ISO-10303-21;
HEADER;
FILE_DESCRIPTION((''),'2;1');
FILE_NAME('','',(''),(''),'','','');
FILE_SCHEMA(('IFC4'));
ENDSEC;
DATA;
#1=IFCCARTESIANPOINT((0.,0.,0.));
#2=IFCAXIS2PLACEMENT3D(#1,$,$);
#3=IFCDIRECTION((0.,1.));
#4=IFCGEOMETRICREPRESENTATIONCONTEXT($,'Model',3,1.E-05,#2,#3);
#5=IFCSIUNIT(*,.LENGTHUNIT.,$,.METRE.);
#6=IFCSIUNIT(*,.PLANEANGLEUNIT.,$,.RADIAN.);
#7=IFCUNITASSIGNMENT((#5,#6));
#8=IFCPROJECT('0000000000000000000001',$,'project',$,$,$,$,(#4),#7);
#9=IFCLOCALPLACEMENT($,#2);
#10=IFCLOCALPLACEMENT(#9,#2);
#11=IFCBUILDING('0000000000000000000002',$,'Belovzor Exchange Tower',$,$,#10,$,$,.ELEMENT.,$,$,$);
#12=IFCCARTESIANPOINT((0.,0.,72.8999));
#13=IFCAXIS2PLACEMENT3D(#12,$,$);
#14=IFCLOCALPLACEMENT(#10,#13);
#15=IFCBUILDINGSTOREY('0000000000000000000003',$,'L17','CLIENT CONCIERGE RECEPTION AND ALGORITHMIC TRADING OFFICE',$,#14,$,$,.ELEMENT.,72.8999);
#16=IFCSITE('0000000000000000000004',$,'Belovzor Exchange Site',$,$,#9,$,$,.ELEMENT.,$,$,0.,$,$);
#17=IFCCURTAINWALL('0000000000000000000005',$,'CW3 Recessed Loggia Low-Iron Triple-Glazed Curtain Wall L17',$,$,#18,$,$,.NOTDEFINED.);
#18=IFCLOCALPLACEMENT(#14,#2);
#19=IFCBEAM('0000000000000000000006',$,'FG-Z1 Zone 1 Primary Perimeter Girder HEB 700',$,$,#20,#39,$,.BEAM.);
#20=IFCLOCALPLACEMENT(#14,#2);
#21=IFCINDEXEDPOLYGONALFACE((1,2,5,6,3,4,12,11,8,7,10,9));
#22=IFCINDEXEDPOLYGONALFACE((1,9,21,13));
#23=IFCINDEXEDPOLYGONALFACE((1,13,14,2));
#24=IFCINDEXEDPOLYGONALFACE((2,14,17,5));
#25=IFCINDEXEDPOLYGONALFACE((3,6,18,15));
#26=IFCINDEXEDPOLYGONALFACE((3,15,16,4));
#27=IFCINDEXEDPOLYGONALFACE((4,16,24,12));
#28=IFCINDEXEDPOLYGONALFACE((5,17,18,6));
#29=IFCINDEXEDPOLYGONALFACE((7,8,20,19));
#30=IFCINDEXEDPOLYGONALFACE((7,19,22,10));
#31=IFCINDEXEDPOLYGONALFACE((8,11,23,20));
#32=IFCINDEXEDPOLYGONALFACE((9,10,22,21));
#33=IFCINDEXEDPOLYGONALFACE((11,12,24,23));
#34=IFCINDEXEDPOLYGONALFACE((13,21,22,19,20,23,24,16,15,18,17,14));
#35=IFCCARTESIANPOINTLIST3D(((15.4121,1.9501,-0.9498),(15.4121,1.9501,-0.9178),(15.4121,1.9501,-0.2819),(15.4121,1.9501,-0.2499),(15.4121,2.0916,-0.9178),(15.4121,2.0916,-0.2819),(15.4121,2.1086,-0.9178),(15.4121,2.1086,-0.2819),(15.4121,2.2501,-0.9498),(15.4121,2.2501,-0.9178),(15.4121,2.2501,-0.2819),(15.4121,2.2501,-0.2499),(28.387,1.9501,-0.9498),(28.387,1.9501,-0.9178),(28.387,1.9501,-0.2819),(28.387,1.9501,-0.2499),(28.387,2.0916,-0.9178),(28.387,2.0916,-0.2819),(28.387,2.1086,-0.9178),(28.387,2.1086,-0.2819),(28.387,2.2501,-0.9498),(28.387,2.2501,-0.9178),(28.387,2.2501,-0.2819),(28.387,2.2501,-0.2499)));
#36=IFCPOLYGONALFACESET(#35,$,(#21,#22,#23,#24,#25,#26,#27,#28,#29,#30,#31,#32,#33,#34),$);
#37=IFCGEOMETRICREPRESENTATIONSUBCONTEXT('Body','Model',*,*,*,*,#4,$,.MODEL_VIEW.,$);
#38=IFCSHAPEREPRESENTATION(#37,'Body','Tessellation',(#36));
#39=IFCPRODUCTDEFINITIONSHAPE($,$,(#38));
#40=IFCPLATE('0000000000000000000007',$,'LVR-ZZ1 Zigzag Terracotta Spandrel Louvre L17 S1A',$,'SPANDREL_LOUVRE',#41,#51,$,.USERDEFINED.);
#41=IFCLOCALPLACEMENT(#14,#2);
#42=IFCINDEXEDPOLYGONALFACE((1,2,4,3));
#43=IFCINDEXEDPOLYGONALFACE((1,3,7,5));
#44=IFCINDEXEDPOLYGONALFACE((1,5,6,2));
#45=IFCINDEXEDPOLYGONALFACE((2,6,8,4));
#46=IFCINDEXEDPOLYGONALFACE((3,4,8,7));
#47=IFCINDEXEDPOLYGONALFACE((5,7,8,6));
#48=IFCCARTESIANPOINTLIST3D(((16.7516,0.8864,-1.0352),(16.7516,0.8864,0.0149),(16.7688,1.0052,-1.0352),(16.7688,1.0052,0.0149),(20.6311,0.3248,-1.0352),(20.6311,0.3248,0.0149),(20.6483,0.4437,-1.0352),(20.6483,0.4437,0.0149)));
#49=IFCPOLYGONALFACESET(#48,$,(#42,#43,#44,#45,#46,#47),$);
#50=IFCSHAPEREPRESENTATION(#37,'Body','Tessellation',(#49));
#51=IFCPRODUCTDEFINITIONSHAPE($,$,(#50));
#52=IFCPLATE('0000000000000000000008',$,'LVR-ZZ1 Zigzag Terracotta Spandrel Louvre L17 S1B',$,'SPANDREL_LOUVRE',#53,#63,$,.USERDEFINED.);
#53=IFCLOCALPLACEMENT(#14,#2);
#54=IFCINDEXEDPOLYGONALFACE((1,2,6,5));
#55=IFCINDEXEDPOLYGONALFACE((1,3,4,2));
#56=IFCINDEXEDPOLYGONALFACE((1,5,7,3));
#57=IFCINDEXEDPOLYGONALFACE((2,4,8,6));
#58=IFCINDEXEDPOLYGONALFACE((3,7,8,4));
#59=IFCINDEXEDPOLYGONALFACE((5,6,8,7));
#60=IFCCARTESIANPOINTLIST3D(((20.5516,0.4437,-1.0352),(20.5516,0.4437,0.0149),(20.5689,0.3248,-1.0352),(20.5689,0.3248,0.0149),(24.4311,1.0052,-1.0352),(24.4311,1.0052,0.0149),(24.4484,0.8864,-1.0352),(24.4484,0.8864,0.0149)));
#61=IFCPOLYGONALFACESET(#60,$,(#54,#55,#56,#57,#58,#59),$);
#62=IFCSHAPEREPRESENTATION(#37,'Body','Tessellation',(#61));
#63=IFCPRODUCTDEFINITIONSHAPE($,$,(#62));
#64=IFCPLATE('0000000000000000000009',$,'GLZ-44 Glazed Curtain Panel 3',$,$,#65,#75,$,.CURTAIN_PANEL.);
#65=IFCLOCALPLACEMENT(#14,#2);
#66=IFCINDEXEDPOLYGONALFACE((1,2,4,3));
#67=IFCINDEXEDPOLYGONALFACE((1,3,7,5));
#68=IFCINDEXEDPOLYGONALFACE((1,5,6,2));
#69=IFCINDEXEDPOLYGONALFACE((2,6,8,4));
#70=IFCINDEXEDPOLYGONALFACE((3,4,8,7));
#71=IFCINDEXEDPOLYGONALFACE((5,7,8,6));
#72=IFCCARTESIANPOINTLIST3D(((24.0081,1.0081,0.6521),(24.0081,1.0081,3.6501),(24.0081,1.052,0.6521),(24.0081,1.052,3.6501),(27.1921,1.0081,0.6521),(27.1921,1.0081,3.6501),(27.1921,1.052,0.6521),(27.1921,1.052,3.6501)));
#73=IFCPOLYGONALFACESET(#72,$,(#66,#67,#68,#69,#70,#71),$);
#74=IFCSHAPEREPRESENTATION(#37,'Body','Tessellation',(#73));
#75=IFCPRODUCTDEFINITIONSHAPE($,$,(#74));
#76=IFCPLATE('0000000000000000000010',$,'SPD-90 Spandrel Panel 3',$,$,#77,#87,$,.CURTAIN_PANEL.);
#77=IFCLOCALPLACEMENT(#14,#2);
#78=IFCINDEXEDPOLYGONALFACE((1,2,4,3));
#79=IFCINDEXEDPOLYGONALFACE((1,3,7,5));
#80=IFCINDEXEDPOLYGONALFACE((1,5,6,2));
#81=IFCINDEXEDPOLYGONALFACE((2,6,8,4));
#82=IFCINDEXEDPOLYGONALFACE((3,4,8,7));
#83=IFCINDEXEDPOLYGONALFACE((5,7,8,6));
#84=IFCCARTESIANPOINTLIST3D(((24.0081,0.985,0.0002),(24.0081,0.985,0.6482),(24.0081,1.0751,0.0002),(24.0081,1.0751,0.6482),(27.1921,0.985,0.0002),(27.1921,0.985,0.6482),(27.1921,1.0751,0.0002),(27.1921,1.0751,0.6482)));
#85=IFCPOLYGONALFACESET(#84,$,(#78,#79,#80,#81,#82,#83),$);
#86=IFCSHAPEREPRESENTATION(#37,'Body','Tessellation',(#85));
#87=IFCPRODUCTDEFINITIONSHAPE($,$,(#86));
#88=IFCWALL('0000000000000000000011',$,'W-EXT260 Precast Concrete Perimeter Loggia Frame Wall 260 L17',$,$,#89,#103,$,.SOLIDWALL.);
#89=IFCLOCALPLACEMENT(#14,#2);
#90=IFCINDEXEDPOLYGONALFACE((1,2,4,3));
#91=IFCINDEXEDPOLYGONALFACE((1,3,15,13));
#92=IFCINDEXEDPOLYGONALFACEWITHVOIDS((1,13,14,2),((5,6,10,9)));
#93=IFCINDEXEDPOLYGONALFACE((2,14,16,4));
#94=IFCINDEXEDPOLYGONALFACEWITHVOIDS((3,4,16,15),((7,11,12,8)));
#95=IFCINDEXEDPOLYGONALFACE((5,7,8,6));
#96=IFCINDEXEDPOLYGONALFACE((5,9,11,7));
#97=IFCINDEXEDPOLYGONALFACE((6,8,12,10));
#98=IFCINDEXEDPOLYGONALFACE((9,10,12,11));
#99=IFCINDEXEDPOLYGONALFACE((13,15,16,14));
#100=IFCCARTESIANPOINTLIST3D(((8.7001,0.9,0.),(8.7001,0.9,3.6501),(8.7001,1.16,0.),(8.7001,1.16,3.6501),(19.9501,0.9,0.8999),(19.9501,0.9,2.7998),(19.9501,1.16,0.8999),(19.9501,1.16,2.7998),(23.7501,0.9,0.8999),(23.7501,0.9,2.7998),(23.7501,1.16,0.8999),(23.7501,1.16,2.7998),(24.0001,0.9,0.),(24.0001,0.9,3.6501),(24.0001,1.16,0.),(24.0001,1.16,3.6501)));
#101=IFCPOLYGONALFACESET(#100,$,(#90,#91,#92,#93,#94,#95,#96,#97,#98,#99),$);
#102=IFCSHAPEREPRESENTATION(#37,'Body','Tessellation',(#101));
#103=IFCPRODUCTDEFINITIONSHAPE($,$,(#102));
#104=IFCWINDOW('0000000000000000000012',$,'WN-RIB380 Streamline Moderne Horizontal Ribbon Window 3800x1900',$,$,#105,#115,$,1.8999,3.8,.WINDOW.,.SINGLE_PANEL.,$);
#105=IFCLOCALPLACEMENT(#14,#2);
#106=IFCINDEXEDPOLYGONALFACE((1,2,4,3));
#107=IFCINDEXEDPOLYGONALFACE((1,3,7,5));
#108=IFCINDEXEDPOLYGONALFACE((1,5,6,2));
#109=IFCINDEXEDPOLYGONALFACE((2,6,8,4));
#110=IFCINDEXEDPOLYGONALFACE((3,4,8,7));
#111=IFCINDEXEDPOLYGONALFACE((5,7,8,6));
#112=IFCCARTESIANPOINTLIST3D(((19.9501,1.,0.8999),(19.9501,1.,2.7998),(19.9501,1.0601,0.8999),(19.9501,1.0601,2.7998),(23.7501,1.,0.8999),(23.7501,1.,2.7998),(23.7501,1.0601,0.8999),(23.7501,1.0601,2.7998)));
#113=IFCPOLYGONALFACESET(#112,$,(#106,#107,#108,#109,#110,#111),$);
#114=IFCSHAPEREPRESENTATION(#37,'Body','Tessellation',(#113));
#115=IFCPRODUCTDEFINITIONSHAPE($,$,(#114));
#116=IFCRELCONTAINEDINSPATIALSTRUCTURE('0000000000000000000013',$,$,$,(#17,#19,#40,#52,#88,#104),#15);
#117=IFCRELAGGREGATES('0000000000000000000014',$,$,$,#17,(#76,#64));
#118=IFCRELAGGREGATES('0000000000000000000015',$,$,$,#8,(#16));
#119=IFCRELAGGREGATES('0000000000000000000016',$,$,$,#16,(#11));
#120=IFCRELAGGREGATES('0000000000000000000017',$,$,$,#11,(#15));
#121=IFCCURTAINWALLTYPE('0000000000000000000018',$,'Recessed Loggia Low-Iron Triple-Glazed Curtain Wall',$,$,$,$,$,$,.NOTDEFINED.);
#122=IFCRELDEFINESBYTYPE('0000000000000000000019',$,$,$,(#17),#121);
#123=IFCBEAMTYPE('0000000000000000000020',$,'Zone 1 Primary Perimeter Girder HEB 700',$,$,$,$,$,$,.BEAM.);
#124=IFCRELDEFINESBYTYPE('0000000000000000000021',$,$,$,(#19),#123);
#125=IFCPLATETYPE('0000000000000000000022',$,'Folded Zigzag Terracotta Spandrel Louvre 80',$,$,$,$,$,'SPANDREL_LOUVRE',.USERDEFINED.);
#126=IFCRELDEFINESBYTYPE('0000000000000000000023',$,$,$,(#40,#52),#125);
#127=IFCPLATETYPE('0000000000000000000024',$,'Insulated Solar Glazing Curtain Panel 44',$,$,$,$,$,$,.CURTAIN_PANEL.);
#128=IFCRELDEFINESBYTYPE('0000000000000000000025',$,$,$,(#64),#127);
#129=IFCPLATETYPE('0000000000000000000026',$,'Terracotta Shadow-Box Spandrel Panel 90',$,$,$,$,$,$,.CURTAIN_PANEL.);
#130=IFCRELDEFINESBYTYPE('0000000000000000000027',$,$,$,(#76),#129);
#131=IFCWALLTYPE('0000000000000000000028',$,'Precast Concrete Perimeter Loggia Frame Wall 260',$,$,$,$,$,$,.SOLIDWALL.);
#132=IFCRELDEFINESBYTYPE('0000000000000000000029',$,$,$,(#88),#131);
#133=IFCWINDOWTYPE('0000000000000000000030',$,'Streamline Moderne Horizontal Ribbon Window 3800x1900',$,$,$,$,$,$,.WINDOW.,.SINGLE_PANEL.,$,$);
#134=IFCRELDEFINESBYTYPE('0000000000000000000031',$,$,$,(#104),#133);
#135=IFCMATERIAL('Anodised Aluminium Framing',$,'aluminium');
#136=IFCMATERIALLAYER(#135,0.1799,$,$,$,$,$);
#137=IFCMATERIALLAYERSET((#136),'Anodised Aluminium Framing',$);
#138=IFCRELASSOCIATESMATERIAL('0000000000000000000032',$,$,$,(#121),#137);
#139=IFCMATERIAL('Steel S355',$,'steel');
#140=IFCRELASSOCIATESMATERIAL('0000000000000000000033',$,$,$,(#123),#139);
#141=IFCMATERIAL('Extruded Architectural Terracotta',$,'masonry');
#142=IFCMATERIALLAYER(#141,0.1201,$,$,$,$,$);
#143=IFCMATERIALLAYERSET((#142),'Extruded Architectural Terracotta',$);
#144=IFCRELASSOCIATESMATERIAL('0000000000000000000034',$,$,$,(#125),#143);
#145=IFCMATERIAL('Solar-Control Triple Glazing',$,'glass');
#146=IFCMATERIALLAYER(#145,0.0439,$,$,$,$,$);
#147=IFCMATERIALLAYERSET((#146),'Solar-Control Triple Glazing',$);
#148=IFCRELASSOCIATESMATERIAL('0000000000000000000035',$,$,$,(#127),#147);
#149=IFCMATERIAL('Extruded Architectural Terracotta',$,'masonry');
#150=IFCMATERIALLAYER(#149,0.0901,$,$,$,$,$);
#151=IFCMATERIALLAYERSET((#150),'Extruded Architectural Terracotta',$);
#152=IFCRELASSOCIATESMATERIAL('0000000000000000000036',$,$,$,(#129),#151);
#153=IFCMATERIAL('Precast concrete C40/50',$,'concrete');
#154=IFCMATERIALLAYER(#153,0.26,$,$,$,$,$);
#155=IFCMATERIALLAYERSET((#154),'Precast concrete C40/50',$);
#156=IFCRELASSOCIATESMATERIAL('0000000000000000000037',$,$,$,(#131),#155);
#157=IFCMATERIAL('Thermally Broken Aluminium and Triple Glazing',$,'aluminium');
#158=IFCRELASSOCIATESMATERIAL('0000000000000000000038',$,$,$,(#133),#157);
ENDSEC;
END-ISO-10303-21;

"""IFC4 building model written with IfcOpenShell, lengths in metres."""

from ifc_helpers import new_model, si_unit, direction, frame, frame_2d, origin, origin_2d, place, context, subcontext, project, spatial, rectangle, i_section, extrude, material, layer, layer_set, material_profile, profile_set, type_object, element, fill, aggregate, save


model = new_model("IFC4")

# Units and contexts
model_context = context("Model", 3, precision=1e-05, world=origin(), true_north=direction((0.0, 1.0)))
body_context = subcontext(model_context, "Body", "Model", "MODEL_VIEW")
ifc_project = project(units=[si_unit("LENGTHUNIT", "METRE"), si_unit("PLANEANGLEUNIT", "RADIAN")], contexts=[model_context])

# Site, building, storey
site_placement = place(None, origin())
site = spatial("IfcSite", under=ifc_project, at=site_placement, Name="Belovzor Exchange Site", CompositionType="ELEMENT", RefElevation=0.0)
building_placement = place(site_placement, origin())
building = spatial("IfcBuilding", under=site, at=building_placement, Name="Belovzor Exchange Tower", CompositionType="ELEMENT")
storey_placement = place(building_placement, frame((0.0, 0.0, 72.8999)))
storey = spatial("IfcBuildingStorey", under=building, at=storey_placement, Name="L17", Description="CLIENT CONCIERGE RECEPTION AND ALGORITHMIC TRADING OFFICE", CompositionType="ELEMENT", Elevation=72.8999)

# Curtain wall
ifc_material_1 = material(Name="Anodised Aluminium Framing", Category="aluminium")
ifc_layer_1 = layer(ifc_material_1, 0.1799)
ifc_layer_set_1 = layer_set([ifc_layer_1], Name="Anodised Aluminium Framing")
curtain_wall_type = type_object("IfcCurtainWallType", Name="Recessed Loggia Low-Iron Triple-Glazed Curtain Wall", PredefinedType="NOTDEFINED", material=ifc_layer_set_1)
curtain_wall_placement = place(storey_placement, origin())
curtain_wall = element("IfcCurtainWall", 1, at=curtain_wall_placement, inside=storey, type_object=curtain_wall_type, Name="CW3 Recessed Loggia Low-Iron Triple-Glazed Curtain Wall L17", PredefinedType="NOTDEFINED")

# Beam
ifc_material_2 = material(Name="Steel S355", Category="steel")
ifc_material_profile_1 = material_profile(ifc_material_2, i_section(OverallWidth=0.3, OverallDepth=0.7, WebThickness=0.0171, FlangeThickness=0.032, at=origin_2d()))
ifc_profile_set_1 = profile_set([ifc_material_profile_1], Name="Steel S355")
beam_type_1 = type_object("IfcBeamType", Name="Zone 1 Primary Perimeter Girder HEB 700", PredefinedType="BEAM", material=ifc_profile_set_1)
beam_1_placement = place(storey_placement, frame((15.4121, 2.1001, -0.5999), z_axis=(1.0, 0.0, 0.0), x_axis=(0.0, 1.0, 0.0)))
element("IfcBeam", 2, at=beam_1_placement, inside=storey, type_object=beam_type_1, Name="FG-Z1 Zone 1 Primary Perimeter Girder HEB 700", PredefinedType="BEAM", context=body_context, shape_type="SweptSolid", body=[
    extrude(i_section(OverallWidth=0.3, OverallDepth=0.7, WebThickness=0.0171, FlangeThickness=0.032, at=origin_2d()), origin(), (0.0, 0.0, 1.0), 12.9749),
])

# Plates
ifc_material_3 = material(Name="Extruded Architectural Terracotta", Category="masonry")
ifc_layer_2 = layer(ifc_material_3, 0.1201)
ifc_layer_set_2 = layer_set([ifc_layer_2], Name="Extruded Architectural Terracotta")
plate_type_1 = type_object("IfcPlateType", Name="Folded Zigzag Terracotta Spandrel Louvre 80", ElementType="SPANDREL_LOUVRE", PredefinedType="USERDEFINED", material=ifc_layer_set_2)
for number, where, z_axis, x_axis, name in (
    (3, (18.7, 0.665, -1.0352), (0.0, 0.0, 1.0), (0.989686, -0.143251, 0.0), "LVR-ZZ1 Zigzag Terracotta Spandrel Louvre L17 S1A"),
    (4, (22.5, 0.665, -1.0352), (0.0, 0.0, 1.0), (0.989686, 0.143251, 0.0), "LVR-ZZ1 Zigzag Terracotta Spandrel Louvre L17 S1B"),
):
    element("IfcPlate", number, at=place(storey_placement, frame(where, z_axis=z_axis, x_axis=x_axis)), inside=storey, type_object=plate_type_1, Name=name, ObjectType="SPANDREL_LOUVRE", PredefinedType="USERDEFINED", context=body_context, shape_type="SweptSolid", body=[
        extrude(rectangle(XDim=3.9199, YDim=0.1201, at=origin_2d()), origin(), (0.0, 0.0, 1.0), 1.05),
    ])

# Plates
ifc_material_4 = material(Name="Solar-Control Triple Glazing", Category="glass")
ifc_layer_3 = layer(ifc_material_4, 0.0439)
ifc_layer_set_3 = layer_set([ifc_layer_3], Name="Solar-Control Triple Glazing")
plate_type_2 = type_object("IfcPlateType", Name="Insulated Solar Glazing Curtain Panel 44", PredefinedType="CURTAIN_PANEL", material=ifc_layer_set_3)
plate_1_placement = place(storey_placement, frame((25.6001, 1.03, 0.6521), z_axis=(0.0, 0.0, 1.0), x_axis=(-1.0, 0.0, 0.0)))
plate_1 = element("IfcPlate", 5, at=plate_1_placement, type_object=plate_type_2, Name="GLZ-44 Glazed Curtain Panel 3", PredefinedType="CURTAIN_PANEL", context=body_context, shape_type="SweptSolid", body=[
    extrude(rectangle(XDim=3.1841, YDim=0.0439, at=origin_2d()), origin(), (0.0, 0.0, 1.0), 2.998),
])
ifc_material_5 = material(Name="Extruded Architectural Terracotta", Category="masonry")
ifc_layer_4 = layer(ifc_material_5, 0.0901)
ifc_layer_set_4 = layer_set([ifc_layer_4], Name="Extruded Architectural Terracotta")
plate_type_3 = type_object("IfcPlateType", Name="Terracotta Shadow-Box Spandrel Panel 90", PredefinedType="CURTAIN_PANEL", material=ifc_layer_set_4)
plate_2_placement = place(storey_placement, frame((25.6001, 1.03, 0.0002), z_axis=(0.0, 0.0, 1.0), x_axis=(-1.0, 0.0, 0.0)))
plate_2 = element("IfcPlate", 6, at=plate_2_placement, type_object=plate_type_3, Name="SPD-90 Spandrel Panel 3", PredefinedType="CURTAIN_PANEL", context=body_context, shape_type="SweptSolid", body=[
    extrude(rectangle(XDim=3.1841, YDim=0.0901, at=origin_2d()), origin(), (0.0, 0.0, 1.0), 0.6479),
])
aggregate(curtain_wall, [plate_2, plate_1])

# Wall, opening, window
ifc_material_6 = material(Name="Precast concrete C40/50", Category="concrete")
ifc_layer_5 = layer(ifc_material_6, 0.26)
ifc_layer_set_5 = layer_set([ifc_layer_5], Name="Precast concrete C40/50")
wall_type = type_object("IfcWallType", Name="Precast Concrete Perimeter Loggia Frame Wall 260", PredefinedType="SOLIDWALL", material=ifc_layer_set_5)
wall_placement = place(storey_placement, frame((24.0, 1.03, 0.0), z_axis=(0.0, 0.0, 1.0), x_axis=(-1.0, 0.0, 0.0)))
wall = element("IfcWall", 7, at=wall_placement, inside=storey, type_object=wall_type, Name="W-EXT260 Precast Concrete Perimeter Loggia Frame Wall 260 L17", PredefinedType="SOLIDWALL", context=body_context, shape_type="SweptSolid", body=[
    extrude(rectangle(XDim=15.3, YDim=0.26, at=frame_2d((7.6499, 0.0))), origin(), (0.0, 0.0, 1.0), 3.6501),
])
opening_placement = place(wall_placement, frame((0.25, 0.0, 0.8999)))
opening = element("IfcOpeningElement", 8, at=opening_placement, cuts=wall, PredefinedType="OPENING", context=body_context, shape_type="SweptSolid", body=[
    extrude(rectangle(XDim=3.8, YDim=1.8999, at=frame_2d((1.8999, 0.95))), frame((0.0, 0.1399, 0.0), z_axis=(0.0, -1.0, 0.0), x_axis=(1.0, 0.0, 0.0)), (0.0, 0.0, 1.0), 0.28),
])
ifc_material_7 = material(Name="Thermally Broken Aluminium and Triple Glazing", Category="aluminium")
window_type = type_object("IfcWindowType", Name="Streamline Moderne Horizontal Ribbon Window 3800x1900", PartitioningType="SINGLE_PANEL", PredefinedType="WINDOW", material=ifc_material_7)
window_placement = place(opening_placement, origin())
window = element("IfcWindow", 9, at=window_placement, inside=storey, type_object=window_type, Name="WN-RIB380 Streamline Moderne Horizontal Ribbon Window 3800x1900", OverallHeight=1.8999, OverallWidth=3.8, PartitioningType="SINGLE_PANEL", PredefinedType="WINDOW", context=body_context, shape_type="SweptSolid", body=[
    extrude(rectangle(XDim=3.8, YDim=1.8999, at=frame_2d((1.8999, 0.95))), frame((0.0, 0.03, 0.0), z_axis=(0.0, -1.0, 0.0), x_axis=(1.0, 0.0, 0.0)), (0.0, 0.0, 1.0), 0.0601),
])
fill(opening, window)

save(model, "model.ifc")
